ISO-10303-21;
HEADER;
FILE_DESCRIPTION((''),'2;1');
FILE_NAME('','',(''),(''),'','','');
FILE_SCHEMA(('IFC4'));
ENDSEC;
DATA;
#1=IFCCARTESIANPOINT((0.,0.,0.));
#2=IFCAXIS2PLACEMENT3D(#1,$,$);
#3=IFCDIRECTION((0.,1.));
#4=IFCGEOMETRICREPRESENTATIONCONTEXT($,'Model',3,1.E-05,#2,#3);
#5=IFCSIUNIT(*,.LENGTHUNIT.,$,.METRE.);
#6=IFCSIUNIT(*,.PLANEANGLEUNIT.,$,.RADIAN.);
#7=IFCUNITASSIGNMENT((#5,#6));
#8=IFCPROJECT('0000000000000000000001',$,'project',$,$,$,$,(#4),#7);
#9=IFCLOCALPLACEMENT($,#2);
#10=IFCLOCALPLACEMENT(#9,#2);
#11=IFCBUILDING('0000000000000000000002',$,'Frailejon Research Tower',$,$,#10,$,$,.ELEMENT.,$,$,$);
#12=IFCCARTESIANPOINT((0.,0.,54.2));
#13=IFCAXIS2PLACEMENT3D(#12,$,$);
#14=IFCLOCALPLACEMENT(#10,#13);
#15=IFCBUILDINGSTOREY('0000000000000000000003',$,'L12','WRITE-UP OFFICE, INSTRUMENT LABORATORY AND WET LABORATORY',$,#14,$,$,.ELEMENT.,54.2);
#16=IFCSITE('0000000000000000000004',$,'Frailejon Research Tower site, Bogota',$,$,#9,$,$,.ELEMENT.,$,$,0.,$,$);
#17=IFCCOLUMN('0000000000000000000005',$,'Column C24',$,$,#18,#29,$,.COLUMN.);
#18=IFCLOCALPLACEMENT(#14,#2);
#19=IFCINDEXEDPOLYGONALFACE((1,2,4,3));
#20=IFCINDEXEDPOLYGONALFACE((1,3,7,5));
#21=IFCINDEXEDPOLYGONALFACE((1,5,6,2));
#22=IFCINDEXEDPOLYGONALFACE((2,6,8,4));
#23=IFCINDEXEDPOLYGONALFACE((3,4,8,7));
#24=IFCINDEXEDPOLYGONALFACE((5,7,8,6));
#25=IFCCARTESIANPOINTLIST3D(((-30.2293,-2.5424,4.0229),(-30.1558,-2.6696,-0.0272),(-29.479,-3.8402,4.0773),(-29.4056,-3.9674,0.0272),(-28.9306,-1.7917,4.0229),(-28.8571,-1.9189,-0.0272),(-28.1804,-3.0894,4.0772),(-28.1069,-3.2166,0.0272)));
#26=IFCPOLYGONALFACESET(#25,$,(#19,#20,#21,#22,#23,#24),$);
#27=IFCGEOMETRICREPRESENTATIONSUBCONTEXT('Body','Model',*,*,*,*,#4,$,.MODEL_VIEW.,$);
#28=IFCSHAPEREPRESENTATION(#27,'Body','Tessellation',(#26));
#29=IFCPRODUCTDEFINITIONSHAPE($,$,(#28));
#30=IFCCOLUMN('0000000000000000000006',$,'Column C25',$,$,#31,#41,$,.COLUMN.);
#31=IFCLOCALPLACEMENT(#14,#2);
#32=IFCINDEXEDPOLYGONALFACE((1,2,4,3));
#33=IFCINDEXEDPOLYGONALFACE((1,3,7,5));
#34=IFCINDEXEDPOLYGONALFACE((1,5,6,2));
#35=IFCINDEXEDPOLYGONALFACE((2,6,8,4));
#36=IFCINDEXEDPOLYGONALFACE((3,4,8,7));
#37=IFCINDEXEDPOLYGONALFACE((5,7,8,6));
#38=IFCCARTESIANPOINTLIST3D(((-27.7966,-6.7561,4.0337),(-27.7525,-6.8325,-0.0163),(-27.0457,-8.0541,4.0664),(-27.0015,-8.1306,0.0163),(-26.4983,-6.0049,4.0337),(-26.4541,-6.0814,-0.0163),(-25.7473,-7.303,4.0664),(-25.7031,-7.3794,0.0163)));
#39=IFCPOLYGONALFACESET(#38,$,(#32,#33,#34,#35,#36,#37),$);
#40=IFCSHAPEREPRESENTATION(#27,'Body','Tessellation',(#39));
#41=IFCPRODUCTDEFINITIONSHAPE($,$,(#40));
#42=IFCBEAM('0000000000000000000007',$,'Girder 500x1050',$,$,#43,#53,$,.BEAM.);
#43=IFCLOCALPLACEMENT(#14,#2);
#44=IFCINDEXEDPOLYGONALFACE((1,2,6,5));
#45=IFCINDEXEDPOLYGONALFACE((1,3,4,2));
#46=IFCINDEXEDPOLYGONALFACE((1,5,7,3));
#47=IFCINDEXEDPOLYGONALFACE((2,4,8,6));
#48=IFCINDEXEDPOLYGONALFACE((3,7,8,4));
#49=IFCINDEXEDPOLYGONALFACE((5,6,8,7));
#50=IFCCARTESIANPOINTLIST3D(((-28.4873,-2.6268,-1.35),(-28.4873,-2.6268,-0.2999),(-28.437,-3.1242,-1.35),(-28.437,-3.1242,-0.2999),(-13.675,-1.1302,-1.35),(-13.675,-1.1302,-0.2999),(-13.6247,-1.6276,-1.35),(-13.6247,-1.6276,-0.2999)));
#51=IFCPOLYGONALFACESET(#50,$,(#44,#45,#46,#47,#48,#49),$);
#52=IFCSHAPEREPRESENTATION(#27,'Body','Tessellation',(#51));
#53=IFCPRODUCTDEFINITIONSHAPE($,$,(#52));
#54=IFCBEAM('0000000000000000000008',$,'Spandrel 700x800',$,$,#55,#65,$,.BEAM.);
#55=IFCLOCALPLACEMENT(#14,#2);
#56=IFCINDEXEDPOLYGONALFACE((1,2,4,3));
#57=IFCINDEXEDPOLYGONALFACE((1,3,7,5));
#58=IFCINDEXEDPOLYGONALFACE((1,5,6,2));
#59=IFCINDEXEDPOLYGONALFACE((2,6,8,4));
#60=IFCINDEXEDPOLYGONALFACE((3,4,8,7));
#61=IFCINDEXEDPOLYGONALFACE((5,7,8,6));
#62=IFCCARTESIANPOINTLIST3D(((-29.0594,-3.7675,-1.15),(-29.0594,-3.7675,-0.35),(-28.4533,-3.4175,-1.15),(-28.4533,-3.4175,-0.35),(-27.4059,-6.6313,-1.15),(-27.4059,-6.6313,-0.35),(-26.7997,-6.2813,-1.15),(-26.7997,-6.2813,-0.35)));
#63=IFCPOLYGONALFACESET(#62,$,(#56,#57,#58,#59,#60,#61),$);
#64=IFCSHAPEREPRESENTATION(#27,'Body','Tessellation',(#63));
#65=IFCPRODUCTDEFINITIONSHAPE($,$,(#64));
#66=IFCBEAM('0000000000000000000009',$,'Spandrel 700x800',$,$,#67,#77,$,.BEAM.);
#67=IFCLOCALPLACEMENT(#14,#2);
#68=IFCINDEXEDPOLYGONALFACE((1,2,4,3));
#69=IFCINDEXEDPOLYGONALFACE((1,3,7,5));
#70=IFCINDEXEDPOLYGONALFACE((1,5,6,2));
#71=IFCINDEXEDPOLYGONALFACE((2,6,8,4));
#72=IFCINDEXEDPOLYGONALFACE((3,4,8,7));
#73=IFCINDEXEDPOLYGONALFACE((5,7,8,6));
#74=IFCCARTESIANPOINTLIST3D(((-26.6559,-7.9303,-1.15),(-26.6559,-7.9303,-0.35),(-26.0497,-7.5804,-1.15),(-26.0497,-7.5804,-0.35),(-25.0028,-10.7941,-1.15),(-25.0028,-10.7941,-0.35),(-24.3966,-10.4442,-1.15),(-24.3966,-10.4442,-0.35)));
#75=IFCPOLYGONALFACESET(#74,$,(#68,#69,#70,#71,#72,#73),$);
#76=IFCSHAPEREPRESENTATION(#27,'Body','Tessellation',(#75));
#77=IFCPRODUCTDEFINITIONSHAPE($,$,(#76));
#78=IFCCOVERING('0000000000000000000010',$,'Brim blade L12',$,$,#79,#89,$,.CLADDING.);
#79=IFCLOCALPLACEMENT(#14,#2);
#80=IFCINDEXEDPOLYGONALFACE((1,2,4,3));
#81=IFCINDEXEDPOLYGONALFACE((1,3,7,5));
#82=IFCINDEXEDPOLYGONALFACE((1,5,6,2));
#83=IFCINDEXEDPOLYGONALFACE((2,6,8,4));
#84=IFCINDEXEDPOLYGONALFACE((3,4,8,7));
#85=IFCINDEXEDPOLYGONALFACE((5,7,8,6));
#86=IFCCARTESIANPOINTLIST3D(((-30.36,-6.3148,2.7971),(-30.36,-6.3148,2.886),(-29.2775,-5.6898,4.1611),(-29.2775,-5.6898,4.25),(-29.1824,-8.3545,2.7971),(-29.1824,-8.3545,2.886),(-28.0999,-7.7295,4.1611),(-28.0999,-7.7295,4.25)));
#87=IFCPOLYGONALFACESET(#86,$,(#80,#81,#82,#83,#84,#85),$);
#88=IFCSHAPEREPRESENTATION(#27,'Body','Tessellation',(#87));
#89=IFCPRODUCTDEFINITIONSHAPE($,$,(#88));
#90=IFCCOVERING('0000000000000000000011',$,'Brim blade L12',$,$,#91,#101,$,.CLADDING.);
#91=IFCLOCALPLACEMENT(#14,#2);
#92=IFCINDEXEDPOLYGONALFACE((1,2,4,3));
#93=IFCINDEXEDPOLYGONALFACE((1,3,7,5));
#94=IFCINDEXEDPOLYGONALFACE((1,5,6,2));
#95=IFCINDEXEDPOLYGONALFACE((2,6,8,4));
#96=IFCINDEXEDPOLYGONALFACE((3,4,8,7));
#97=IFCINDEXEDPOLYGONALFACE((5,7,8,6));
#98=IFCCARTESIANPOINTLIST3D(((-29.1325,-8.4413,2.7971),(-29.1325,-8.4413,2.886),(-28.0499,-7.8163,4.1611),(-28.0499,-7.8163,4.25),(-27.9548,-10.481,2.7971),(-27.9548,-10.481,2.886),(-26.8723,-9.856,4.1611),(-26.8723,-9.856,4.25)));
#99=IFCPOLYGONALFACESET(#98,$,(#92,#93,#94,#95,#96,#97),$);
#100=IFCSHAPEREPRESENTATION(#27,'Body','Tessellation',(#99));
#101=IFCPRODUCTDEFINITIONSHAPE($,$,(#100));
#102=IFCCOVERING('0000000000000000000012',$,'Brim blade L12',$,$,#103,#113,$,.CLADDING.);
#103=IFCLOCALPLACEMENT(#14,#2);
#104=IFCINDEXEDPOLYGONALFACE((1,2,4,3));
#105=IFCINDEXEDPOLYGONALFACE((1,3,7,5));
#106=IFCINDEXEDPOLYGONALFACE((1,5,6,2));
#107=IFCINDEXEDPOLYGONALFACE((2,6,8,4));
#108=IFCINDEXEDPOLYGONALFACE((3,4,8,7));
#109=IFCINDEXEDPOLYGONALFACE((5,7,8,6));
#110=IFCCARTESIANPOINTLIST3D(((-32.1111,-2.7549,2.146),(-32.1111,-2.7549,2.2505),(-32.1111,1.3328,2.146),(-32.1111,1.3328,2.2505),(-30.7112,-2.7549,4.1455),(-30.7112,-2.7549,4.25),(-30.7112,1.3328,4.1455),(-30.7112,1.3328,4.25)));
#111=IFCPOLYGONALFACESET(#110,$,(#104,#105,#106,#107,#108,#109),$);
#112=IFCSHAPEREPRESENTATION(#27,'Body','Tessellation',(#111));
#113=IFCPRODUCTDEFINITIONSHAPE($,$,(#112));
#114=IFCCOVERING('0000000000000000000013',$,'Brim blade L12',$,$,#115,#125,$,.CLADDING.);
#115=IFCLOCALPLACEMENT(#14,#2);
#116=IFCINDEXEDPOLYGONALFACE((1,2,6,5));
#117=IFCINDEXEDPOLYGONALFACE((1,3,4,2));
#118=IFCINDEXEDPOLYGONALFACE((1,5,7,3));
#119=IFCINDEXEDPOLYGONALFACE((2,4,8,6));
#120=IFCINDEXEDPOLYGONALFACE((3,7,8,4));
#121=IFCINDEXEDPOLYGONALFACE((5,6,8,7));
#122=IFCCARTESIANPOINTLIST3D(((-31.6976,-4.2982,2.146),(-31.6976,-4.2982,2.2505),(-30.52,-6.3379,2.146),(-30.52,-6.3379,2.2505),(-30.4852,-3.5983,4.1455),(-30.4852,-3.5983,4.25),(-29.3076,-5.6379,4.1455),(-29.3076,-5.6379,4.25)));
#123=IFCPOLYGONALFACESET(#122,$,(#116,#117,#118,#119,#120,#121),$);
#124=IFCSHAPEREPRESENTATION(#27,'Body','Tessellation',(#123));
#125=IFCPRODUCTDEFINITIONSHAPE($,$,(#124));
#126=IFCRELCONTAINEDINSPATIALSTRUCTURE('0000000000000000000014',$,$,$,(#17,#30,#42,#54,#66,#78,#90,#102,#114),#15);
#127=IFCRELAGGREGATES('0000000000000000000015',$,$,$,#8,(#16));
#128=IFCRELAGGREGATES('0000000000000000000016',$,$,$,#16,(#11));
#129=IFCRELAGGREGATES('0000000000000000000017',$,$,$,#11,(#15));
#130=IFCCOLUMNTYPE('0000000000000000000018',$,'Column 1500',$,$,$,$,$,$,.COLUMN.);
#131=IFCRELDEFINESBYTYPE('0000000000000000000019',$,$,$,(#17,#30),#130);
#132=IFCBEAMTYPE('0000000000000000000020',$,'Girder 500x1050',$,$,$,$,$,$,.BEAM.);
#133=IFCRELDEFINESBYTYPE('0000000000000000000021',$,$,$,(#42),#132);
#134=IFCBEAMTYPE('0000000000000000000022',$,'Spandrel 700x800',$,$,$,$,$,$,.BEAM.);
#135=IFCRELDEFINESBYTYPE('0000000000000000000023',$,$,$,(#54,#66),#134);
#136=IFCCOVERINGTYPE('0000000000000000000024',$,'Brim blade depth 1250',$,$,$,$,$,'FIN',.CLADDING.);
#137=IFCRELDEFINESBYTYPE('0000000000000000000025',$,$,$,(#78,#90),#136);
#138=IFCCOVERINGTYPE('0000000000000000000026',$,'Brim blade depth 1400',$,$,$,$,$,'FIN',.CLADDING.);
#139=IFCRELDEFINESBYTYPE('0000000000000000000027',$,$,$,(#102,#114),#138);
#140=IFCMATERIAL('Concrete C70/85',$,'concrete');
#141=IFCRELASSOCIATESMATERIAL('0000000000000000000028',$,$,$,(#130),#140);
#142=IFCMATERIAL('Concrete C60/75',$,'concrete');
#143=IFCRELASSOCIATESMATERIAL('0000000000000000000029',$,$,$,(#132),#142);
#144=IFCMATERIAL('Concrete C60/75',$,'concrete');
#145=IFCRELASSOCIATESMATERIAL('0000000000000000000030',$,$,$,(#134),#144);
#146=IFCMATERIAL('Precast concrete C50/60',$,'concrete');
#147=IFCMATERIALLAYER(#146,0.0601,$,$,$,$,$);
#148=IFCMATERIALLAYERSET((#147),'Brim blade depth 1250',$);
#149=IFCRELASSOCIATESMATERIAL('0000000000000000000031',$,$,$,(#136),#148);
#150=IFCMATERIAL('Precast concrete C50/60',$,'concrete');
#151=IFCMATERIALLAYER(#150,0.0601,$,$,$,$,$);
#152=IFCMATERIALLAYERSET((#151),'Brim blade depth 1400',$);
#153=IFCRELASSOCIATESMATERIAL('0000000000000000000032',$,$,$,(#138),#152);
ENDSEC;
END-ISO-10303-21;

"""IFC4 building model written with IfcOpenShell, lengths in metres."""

from ifc_helpers import new_model, si_unit, direction, frame, origin, origin_2d, place, context, subcontext, project, spatial, polyline, rectangle, outline, extrude, material, layer, layer_set, material_profile, profile_set, type_object, element, save


model = new_model("IFC4")

# Units and contexts
model_context = context("Model", 3, precision=1e-05, world=origin(), true_north=direction((0.0, 1.0)))
body_context = subcontext(model_context, "Body", "Model", "MODEL_VIEW")
ifc_project = project(units=[si_unit("LENGTHUNIT", "METRE"), si_unit("PLANEANGLEUNIT", "RADIAN")], contexts=[model_context])

# Site, building, storey
site_placement = place(None, origin())
site = spatial("IfcSite", under=ifc_project, at=site_placement, Name="Frailejon Research Tower site, Bogota", CompositionType="ELEMENT", RefElevation=0.0)
building_placement = place(site_placement, origin())
building = spatial("IfcBuilding", under=site, at=building_placement, Name="Frailejon Research Tower", CompositionType="ELEMENT")
storey_placement = place(building_placement, frame((0.0, 0.0, 54.2)))
storey = spatial("IfcBuildingStorey", under=building, at=storey_placement, Name="L12", Description="WRITE-UP OFFICE, INSTRUMENT LABORATORY AND WET LABORATORY", CompositionType="ELEMENT", Elevation=54.2)

# Columns
ifc_material_1 = material(Name="Concrete C70/85", Category="concrete")
ifc_material_profile_1 = material_profile(ifc_material_1, rectangle(XDim=1.5, YDim=1.5, at=origin_2d()), Name="Column 1500")
ifc_profile_set_1 = profile_set([ifc_material_profile_1], Name="Concrete C70/85")
column_type = type_object("IfcColumnType", Name="Column 1500", PredefinedType="COLUMN", material=ifc_profile_set_1)
column_1_placement = place(storey_placement, frame((-29.1313, -2.9431, 0.0), z_axis=(-0.018133, 0.031386, 0.999343), x_axis=(0.500145, -0.865183, 0.036247)))
element("IfcColumn", 1, at=column_1_placement, inside=storey, type_object=column_type, Name="Column C24", PredefinedType="COLUMN", context=body_context, shape_type="SweptSolid", body=[
    extrude(rectangle(XDim=1.5, YDim=1.5, at=origin_2d()), origin(), (0.0, 0.0, 1.0), 4.0527),
])
column_2_placement = place(storey_placement, frame((-26.7278, -7.106, 0.0), z_axis=(-0.010908, 0.018863, 0.999763), x_axis=(0.500638, -0.865382, 0.02179)))
element("IfcColumn", 2, at=column_2_placement, inside=storey, type_object=column_type, Name="Column C25", PredefinedType="COLUMN", context=body_context, shape_type="SweptSolid", body=[
    extrude(rectangle(XDim=1.5, YDim=1.5, at=origin_2d()), origin(), (0.0, 0.0, 1.0), 4.051),
])

# Beams
ifc_material_2 = material(Name="Concrete C60/75", Category="concrete")
ifc_material_profile_2 = material_profile(ifc_material_2, rectangle(XDim=0.5, YDim=1.05, at=origin_2d()), Name="Girder 500x1050")
ifc_profile_set_2 = profile_set([ifc_material_profile_2], Name="Concrete C60/75")
beam_type_1 = type_object("IfcBeamType", Name="Girder 500x1050", PredefinedType="BEAM", material=ifc_profile_set_2)
beam_1_placement = place(storey_placement, frame((-28.4622, -2.8755, -0.825), z_axis=(0.994935, 0.100525, 0.0), x_axis=(-0.100525, 0.994935, 0.0)))
element("IfcBeam", 3, at=beam_1_placement, inside=storey, type_object=beam_type_1, Name="Girder 500x1050", PredefinedType="BEAM", context=body_context, shape_type="SweptSolid", body=[
    extrude(rectangle(XDim=0.5, YDim=1.05, at=origin_2d()), origin(), (0.0, 0.0, 1.0), 14.8877),
])
ifc_material_3 = material(Name="Concrete C60/75", Category="concrete")
ifc_material_profile_3 = material_profile(ifc_material_3, rectangle(XDim=0.7, YDim=0.8, at=origin_2d()), Name="Spandrel 700x800")
ifc_profile_set_3 = profile_set([ifc_material_profile_3], Name="Concrete C60/75")
beam_type_2 = type_object("IfcBeamType", Name="Spandrel 700x800", PredefinedType="BEAM", material=ifc_profile_set_3)
beam_2_placement = place(storey_placement, frame((-28.7563, -3.5925, -0.75), z_axis=(0.500038, -0.866004, 0.0), x_axis=(0.866004, 0.500038, 0.0)))
element("IfcBeam", 4, at=beam_2_placement, inside=storey, type_object=beam_type_2, Name="Spandrel 700x800", PredefinedType="BEAM", context=body_context, shape_type="SweptSolid", body=[
    extrude(rectangle(XDim=0.7, YDim=0.8, at=origin_2d()), origin(), (0.0, 0.0, 1.0), 3.3069),
])
beam_3_placement = place(storey_placement, frame((-26.3528, -7.7554, -0.75), z_axis=(0.499927, -0.866068, 0.0), x_axis=(0.866068, 0.499927, 0.0)))
element("IfcBeam", 5, at=beam_3_placement, inside=storey, type_object=beam_type_2, Name="Spandrel 700x800", PredefinedType="BEAM", context=body_context, shape_type="SweptSolid", body=[
    extrude(rectangle(XDim=0.7, YDim=0.8, at=origin_2d()), origin(), (0.0, 0.0, 1.0), 3.3066),
])

# Coverings
ifc_material_4 = material(Name="Precast concrete C50/60", Category="concrete")
ifc_layer_1 = layer(ifc_material_4, 0.0601)
ifc_layer_set_1 = layer_set([ifc_layer_1], Name="Brim blade depth 1250")
covering_type_1 = type_object("IfcCoveringType", Name="Brim blade depth 1250", ElementType="FIN", PredefinedType="CLADDING", material=ifc_layer_set_1)
for number, where, z_axis, x_axis, name in (
    (6, (-28.0999, -7.7295, 4.25), (-0.499997, 0.866027, 0.0), (-0.866027, -0.499997, 0.0), "Brim blade L12"),
    (7, (-26.8723, -9.856, 4.25), (-0.499997, 0.866027, 0.0), (-0.866027, -0.499997, 0.0), "Brim blade L12"),
):
    element("IfcCovering", number, at=place(storey_placement, frame(where, z_axis=z_axis, x_axis=x_axis)), inside=storey, type_object=covering_type_1, Name=name, PredefinedType="CLADDING", context=body_context, shape_type="SweptSolid", body=[
        extrude(outline(polyline([(0.0, -0.0889), (1.25, -1.4529), (1.25, -1.364), (0.0, 0.0), (0.0, -0.0889)])), origin(), (0.0, 0.0, 1.0), 2.3552),
    ])
ifc_material_5 = material(Name="Precast concrete C50/60", Category="concrete")
ifc_layer_2 = layer(ifc_material_5, 0.0601)
ifc_layer_set_2 = layer_set([ifc_layer_2], Name="Brim blade depth 1400")
covering_type_2 = type_object("IfcCoveringType", Name="Brim blade depth 1400", ElementType="FIN", PredefinedType="CLADDING", material=ifc_layer_set_2)
covering_1_placement = place(storey_placement, frame((-30.7112, -2.7549, 4.25), z_axis=(0.0, 1.0, 0.0), x_axis=(-1.0, 0.0, 0.0)))
element("IfcCovering", 8, at=covering_1_placement, inside=storey, type_object=covering_type_2, Name="Brim blade L12", PredefinedType="CLADDING", context=body_context, shape_type="SweptSolid", body=[
    extrude(outline(polyline([(0.0, -0.1045), (1.3999, -2.104), (1.3999, -1.9995), (0.0, 0.0), (0.0, -0.1045)])), origin(), (0.0, 0.0, 1.0), 4.0876),
])
covering_2_placement = place(storey_placement, frame((-29.3076, -5.6379, 4.25), z_axis=(-0.499997, 0.866027, 0.0), x_axis=(-0.866027, -0.499997, 0.0)))
element("IfcCovering", 9, at=covering_2_placement, inside=storey, type_object=covering_type_2, Name="Brim blade L12", PredefinedType="CLADDING", context=body_context, shape_type="SweptSolid", body=[
    extrude(outline(polyline([(0.0, -0.1045), (1.3999, -2.104), (1.3999, -1.9995), (0.0, 0.0), (0.0, -0.1045)])), origin(), (0.0, 0.0, 1.0), 2.3552),
])

save(model, "model.ifc")
